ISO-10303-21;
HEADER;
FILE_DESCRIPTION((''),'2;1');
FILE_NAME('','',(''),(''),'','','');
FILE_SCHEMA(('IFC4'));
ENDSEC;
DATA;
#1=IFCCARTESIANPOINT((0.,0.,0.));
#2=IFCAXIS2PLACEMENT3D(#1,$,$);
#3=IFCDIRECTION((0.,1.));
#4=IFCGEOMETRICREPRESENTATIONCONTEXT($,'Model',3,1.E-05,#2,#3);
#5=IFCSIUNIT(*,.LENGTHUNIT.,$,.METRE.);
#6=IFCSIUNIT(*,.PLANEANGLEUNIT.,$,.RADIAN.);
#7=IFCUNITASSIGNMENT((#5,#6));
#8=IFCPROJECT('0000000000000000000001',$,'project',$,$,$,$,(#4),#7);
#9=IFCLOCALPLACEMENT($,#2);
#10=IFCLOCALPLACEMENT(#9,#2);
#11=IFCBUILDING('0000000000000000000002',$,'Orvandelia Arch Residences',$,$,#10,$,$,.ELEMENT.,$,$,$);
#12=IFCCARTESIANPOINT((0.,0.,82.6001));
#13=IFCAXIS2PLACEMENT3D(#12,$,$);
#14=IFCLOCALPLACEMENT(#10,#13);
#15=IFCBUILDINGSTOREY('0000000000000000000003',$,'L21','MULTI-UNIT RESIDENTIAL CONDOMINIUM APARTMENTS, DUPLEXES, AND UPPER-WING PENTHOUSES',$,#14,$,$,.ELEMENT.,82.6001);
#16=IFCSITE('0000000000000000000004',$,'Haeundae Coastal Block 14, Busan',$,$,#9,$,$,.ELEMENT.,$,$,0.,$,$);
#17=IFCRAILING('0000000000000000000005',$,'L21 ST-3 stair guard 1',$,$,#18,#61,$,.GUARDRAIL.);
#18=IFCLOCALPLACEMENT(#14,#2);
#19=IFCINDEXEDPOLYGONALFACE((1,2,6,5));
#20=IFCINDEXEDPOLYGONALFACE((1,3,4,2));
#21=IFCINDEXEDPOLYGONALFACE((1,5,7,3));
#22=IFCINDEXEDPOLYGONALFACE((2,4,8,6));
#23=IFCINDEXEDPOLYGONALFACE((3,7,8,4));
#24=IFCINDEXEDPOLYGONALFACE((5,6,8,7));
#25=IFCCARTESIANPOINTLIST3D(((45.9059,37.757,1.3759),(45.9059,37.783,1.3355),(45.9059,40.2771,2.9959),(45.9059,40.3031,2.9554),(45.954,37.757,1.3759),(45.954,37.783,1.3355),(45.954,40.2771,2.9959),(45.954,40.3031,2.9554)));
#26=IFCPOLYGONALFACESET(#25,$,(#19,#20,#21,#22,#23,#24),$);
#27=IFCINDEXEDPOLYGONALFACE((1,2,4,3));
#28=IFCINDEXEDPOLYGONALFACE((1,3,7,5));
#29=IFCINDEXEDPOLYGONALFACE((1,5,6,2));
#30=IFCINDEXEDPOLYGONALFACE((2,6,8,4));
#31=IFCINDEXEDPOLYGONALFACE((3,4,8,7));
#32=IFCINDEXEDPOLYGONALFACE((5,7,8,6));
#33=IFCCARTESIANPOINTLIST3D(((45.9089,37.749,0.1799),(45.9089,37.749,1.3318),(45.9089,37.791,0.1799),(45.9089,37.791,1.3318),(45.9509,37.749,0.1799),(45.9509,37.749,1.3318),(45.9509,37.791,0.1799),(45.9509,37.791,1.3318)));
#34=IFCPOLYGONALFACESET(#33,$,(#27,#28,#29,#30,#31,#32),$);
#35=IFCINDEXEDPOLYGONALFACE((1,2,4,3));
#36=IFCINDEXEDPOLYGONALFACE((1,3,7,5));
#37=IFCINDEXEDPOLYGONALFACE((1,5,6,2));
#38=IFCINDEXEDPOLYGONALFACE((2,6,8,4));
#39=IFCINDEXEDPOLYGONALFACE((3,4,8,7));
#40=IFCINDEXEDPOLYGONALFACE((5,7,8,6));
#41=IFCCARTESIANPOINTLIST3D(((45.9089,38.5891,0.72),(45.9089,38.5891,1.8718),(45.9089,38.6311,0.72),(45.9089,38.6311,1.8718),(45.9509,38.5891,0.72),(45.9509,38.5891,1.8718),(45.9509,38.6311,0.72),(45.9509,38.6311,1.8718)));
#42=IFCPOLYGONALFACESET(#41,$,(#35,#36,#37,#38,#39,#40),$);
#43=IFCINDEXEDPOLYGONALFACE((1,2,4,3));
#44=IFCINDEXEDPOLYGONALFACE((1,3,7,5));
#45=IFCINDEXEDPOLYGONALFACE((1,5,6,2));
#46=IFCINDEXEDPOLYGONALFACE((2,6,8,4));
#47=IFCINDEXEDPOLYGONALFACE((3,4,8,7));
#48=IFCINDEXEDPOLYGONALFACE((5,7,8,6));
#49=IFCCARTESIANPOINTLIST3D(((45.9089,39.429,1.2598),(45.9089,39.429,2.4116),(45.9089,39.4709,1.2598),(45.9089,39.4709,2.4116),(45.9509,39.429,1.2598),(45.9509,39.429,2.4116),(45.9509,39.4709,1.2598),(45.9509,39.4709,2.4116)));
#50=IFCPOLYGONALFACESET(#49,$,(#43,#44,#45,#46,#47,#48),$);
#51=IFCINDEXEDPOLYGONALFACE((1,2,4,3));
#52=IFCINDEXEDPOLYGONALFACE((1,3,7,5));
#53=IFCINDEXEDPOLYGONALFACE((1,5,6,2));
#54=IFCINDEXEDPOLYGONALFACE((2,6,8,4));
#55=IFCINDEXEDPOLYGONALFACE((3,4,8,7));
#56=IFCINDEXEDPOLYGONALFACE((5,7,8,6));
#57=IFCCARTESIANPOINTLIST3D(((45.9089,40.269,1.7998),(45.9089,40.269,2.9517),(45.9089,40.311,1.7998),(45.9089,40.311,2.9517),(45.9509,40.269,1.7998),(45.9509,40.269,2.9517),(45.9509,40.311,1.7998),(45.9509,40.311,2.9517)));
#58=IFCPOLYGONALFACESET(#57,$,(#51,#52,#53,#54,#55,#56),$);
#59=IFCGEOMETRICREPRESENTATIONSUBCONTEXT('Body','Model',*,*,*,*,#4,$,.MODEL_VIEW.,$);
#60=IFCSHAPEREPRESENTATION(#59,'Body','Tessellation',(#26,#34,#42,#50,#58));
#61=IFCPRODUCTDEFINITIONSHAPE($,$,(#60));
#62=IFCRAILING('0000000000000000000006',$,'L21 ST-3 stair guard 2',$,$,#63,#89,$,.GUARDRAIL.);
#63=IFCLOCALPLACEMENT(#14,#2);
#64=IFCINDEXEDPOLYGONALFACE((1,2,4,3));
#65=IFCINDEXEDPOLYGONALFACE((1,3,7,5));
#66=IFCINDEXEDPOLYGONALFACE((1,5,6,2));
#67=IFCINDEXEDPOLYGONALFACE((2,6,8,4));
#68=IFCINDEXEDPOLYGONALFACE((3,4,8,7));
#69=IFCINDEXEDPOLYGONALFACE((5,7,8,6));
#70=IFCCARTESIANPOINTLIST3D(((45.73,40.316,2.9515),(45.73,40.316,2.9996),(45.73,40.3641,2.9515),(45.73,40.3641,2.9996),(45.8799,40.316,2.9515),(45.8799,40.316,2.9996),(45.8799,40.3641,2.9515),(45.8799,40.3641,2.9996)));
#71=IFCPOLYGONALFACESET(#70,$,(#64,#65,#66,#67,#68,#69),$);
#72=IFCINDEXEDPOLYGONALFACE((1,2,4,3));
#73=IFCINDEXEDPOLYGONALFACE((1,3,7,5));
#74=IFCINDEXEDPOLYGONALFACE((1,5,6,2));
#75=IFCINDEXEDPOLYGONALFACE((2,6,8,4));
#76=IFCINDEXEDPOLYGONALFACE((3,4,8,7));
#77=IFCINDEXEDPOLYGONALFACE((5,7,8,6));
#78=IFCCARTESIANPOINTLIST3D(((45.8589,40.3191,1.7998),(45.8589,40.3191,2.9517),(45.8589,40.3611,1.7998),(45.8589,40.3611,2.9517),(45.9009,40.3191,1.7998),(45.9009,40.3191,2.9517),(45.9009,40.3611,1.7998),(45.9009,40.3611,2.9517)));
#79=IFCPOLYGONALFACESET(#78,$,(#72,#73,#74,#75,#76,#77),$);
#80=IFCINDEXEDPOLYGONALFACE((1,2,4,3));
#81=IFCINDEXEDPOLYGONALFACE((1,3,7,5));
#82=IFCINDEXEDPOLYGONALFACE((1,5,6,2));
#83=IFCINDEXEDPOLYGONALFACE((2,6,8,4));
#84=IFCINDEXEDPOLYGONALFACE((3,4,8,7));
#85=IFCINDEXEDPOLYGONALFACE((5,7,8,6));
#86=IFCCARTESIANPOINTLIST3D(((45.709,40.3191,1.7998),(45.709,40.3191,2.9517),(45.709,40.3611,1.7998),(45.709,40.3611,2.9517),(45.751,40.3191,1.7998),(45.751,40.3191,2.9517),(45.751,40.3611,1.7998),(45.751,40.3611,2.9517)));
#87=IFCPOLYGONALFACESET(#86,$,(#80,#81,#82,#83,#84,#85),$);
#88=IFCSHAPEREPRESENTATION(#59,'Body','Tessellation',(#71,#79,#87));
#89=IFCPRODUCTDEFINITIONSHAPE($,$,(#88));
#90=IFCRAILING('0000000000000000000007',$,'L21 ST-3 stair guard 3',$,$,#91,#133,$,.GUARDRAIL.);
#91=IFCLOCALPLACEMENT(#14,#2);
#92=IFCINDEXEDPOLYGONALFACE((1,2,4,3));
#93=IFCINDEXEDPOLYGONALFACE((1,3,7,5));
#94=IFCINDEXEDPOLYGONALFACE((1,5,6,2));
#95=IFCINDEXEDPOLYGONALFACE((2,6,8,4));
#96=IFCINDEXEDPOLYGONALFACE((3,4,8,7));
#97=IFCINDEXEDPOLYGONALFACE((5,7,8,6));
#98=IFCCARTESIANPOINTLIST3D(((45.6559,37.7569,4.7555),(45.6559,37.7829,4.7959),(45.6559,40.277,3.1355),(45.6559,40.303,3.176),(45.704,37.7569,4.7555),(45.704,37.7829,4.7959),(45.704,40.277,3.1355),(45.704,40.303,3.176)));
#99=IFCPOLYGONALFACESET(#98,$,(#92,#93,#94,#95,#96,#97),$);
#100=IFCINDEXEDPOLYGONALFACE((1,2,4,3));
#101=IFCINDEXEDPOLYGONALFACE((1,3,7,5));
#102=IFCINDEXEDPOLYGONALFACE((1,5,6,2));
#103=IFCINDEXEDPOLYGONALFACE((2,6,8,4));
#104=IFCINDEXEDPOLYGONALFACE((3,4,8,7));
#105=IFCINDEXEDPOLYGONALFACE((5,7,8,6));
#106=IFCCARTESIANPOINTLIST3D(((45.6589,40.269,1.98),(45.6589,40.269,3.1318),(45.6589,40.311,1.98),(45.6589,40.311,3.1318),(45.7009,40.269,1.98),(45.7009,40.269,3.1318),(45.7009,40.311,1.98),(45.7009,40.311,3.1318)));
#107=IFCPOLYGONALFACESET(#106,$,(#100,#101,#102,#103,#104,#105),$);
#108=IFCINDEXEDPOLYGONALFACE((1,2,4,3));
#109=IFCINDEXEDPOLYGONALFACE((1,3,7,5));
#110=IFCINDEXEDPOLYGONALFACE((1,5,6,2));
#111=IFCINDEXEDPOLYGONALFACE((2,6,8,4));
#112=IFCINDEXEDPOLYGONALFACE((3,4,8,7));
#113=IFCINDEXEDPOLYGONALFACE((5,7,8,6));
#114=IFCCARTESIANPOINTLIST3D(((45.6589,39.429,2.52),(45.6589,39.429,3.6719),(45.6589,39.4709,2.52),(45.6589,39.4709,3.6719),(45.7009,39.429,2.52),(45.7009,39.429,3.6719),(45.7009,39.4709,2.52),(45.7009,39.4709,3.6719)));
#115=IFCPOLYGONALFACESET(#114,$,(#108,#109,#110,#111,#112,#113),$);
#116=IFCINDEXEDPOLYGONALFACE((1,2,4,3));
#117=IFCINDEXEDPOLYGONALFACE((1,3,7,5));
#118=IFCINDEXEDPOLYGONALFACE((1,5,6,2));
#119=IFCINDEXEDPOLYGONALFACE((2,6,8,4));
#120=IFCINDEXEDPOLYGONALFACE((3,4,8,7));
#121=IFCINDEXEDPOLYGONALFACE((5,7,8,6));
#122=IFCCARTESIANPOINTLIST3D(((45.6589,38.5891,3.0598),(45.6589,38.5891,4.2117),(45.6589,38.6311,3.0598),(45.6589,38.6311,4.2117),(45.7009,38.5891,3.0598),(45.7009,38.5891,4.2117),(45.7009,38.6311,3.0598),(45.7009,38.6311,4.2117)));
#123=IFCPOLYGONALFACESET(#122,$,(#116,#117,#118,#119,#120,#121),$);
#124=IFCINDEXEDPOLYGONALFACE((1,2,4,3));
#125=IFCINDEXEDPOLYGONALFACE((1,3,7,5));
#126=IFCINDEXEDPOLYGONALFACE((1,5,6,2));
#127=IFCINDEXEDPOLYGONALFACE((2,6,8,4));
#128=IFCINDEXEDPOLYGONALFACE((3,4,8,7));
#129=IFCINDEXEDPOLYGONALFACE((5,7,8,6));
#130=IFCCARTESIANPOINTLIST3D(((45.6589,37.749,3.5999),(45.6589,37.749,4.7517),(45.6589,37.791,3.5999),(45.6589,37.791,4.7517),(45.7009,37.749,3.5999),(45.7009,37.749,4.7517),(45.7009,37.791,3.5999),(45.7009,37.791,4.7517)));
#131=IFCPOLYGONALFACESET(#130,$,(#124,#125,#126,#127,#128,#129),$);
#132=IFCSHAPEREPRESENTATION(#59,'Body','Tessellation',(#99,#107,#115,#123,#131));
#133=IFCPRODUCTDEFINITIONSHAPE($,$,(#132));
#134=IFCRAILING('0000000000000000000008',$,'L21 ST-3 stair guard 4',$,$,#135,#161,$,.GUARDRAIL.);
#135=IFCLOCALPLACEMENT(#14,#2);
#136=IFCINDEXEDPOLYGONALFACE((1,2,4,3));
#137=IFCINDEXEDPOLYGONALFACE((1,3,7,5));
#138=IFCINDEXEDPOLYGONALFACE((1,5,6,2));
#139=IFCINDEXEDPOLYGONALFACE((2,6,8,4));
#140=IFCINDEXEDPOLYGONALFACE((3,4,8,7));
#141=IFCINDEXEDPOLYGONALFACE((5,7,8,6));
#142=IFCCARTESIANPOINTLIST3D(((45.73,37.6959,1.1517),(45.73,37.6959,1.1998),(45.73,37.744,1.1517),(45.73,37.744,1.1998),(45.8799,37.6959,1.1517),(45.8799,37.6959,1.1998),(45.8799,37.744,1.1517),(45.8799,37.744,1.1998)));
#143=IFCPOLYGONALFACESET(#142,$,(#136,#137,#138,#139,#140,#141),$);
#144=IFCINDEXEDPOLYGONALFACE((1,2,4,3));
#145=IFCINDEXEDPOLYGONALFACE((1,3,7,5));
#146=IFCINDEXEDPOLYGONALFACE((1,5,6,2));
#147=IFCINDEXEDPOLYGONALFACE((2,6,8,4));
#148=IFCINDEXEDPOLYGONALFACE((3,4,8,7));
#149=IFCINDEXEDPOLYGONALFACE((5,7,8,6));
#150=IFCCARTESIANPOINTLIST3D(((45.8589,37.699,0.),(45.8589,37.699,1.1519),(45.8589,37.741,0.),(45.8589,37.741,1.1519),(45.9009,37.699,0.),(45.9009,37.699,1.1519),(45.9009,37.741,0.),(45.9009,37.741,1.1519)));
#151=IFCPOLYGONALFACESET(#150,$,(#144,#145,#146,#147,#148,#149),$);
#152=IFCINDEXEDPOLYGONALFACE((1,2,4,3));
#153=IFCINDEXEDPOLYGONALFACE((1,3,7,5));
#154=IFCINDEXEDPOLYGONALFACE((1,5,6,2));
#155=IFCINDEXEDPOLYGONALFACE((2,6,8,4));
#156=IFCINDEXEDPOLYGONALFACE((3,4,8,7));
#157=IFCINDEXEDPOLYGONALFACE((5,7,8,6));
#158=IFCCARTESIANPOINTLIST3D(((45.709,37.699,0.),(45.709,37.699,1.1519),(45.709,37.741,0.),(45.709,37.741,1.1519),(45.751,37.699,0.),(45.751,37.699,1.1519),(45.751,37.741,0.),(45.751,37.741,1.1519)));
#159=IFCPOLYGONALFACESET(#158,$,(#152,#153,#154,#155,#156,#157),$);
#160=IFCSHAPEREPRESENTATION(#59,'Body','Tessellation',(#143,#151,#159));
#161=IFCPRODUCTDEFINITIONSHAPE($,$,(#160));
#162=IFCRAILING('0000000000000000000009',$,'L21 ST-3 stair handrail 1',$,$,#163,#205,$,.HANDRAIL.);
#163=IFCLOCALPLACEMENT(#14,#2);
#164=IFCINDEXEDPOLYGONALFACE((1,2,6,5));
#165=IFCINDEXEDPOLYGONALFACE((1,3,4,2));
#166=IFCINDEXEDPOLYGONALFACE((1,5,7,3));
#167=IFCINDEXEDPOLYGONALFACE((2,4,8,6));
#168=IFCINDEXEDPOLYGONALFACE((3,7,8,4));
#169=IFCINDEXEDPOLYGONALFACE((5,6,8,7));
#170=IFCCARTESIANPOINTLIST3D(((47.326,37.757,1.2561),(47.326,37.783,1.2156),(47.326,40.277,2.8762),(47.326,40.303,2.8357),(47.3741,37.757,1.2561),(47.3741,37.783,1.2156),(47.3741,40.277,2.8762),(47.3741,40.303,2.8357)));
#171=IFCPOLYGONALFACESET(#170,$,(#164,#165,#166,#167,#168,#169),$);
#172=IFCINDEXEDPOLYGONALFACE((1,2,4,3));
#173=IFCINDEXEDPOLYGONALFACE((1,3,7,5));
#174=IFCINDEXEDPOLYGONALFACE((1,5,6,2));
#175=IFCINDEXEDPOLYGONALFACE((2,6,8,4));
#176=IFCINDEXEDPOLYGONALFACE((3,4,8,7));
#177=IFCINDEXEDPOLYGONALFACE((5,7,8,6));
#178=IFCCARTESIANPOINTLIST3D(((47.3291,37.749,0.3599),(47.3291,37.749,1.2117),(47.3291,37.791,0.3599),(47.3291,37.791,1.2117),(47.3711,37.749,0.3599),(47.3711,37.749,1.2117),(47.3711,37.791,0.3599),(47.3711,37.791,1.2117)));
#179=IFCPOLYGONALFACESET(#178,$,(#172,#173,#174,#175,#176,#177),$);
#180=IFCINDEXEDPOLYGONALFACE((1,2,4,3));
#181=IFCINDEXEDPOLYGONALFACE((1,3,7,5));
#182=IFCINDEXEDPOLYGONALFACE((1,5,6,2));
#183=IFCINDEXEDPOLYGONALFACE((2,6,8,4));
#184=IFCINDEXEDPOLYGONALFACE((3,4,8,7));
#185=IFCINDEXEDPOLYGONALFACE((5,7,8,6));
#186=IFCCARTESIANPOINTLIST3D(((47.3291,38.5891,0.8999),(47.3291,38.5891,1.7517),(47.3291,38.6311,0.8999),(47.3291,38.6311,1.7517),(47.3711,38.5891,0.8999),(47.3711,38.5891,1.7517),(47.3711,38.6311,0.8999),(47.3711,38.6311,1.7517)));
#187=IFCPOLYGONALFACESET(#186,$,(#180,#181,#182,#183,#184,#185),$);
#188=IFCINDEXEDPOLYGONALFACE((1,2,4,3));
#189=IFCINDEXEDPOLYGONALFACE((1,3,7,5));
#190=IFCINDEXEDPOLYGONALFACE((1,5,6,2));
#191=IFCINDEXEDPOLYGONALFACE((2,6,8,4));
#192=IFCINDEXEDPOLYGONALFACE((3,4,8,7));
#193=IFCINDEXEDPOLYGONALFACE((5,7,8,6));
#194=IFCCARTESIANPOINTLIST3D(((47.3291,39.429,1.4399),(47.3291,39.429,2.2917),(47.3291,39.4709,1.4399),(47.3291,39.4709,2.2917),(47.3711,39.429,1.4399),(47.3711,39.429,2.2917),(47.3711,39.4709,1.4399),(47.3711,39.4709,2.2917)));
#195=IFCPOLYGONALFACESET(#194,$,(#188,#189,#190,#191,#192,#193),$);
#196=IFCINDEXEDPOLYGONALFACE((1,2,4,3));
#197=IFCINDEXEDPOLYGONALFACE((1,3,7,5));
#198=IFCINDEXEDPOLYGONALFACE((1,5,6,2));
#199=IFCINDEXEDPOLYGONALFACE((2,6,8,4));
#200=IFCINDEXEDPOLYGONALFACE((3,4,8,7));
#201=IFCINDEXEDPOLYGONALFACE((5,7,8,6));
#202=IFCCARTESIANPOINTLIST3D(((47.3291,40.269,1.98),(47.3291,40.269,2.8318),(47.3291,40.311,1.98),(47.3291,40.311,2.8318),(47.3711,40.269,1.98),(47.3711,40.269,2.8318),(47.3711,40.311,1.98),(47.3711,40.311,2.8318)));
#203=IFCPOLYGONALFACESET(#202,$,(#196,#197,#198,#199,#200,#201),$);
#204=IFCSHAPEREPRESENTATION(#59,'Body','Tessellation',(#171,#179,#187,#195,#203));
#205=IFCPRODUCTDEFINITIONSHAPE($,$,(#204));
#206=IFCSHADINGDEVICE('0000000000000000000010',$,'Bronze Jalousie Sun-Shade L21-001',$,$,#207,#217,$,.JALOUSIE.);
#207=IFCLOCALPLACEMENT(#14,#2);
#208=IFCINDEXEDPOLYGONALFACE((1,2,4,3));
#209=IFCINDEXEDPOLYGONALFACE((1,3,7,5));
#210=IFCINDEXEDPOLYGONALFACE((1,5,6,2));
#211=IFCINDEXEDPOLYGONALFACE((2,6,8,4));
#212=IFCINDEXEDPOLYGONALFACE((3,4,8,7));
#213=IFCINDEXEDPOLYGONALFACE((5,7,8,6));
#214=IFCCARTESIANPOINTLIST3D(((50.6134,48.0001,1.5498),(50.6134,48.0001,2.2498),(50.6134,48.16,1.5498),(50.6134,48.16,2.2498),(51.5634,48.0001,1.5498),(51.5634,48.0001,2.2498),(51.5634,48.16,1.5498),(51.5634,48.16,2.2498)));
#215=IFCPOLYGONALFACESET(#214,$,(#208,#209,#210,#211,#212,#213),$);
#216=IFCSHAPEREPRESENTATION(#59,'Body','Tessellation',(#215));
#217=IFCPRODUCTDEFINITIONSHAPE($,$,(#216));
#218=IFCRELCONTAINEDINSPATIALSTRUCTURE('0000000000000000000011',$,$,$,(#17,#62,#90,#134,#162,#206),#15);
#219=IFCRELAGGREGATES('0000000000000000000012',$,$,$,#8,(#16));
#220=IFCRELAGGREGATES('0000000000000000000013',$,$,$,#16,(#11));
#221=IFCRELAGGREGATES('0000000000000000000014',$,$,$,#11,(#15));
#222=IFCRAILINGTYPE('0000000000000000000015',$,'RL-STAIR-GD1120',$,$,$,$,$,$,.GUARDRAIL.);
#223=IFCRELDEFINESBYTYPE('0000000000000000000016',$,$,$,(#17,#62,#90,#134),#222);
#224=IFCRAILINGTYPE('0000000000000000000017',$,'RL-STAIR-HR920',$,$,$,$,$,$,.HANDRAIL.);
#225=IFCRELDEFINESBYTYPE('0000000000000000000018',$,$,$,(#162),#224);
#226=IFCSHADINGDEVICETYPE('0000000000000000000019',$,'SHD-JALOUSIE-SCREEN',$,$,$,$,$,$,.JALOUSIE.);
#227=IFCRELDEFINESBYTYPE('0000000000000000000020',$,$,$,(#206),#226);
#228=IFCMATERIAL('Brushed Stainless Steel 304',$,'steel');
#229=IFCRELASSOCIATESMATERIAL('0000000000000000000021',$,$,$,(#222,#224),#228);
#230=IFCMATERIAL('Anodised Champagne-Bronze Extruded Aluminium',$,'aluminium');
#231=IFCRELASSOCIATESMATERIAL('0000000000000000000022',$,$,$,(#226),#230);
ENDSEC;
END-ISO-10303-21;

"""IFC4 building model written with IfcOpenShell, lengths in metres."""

from ifc_helpers import new_model, si_unit, direction, frame, origin, origin_2d, place, context, subcontext, project, spatial, rectangle, extrude, material, type_object, element, save


model = new_model("IFC4")

# Units and contexts
model_context = context("Model", 3, precision=1e-05, world=origin(), true_north=direction((0.0, 1.0)))
body_context = subcontext(model_context, "Body", "Model", "MODEL_VIEW")
ifc_project = project(units=[si_unit("LENGTHUNIT", "METRE"), si_unit("PLANEANGLEUNIT", "RADIAN")], contexts=[model_context])

# Site, building, storey
site_placement = place(None, origin())
site = spatial("IfcSite", under=ifc_project, at=site_placement, Name="Haeundae Coastal Block 14, Busan", CompositionType="ELEMENT", RefElevation=0.0)
building_placement = place(site_placement, origin())
building = spatial("IfcBuilding", under=site, at=building_placement, Name="Orvandelia Arch Residences", CompositionType="ELEMENT")
storey_placement = place(building_placement, frame((0.0, 0.0, 82.6001)))
storey = spatial("IfcBuildingStorey", under=building, at=storey_placement, Name="L21", Description="MULTI-UNIT RESIDENTIAL CONDOMINIUM APARTMENTS, DUPLEXES, AND UPPER-WING PENTHOUSES", CompositionType="ELEMENT", Elevation=82.6001)

# Railings
ifc_material_1 = material(Name="Brushed Stainless Steel 304", Category="steel")
railing_type_1 = type_object("IfcRailingType", Name="RL-STAIR-GD1120", PredefinedType="GUARDRAIL", material=ifc_material_1)
railing_1_placement = place(storey_placement, frame((45.9299, 37.77, 0.1799)))
element("IfcRailing", 1, at=railing_1_placement, inside=storey, type_object=railing_type_1, Name="L21 ST-3 stair guard 1", PredefinedType="GUARDRAIL", context=body_context, shape_type="SweptSolid", body=[
    extrude(rectangle(XDim=0.0481, YDim=0.0481, at=origin_2d()), frame((0.0, 0.0, 1.1758), z_axis=(0.0, 0.8412, 0.540725), x_axis=(-1.0, 0.0, 0.0)), (0.0, 0.0, 1.0), 2.9958),
    extrude(rectangle(XDim=0.042, YDim=0.042, at=origin_2d()), origin(), (0.0, 0.0, 1.0), 1.1519),
    extrude(rectangle(XDim=0.042, YDim=0.042, at=origin_2d()), frame((0.0, 0.8401, 0.54)), (0.0, 0.0, 1.0), 1.1519),
    extrude(rectangle(XDim=0.042, YDim=0.042, at=origin_2d()), frame((0.0, 1.6799, 1.0798)), (0.0, 0.0, 1.0), 1.1519),
    extrude(rectangle(XDim=0.042, YDim=0.042, at=origin_2d()), frame((0.0, 2.52, 1.6199)), (0.0, 0.0, 1.0), 1.1519),
])
railing_2_placement = place(storey_placement, frame((45.8799, 40.3401, 1.7998)))
element("IfcRailing", 2, at=railing_2_placement, inside=storey, type_object=railing_type_1, Name="L21 ST-3 stair guard 2", PredefinedType="GUARDRAIL", context=body_context, shape_type="SweptSolid", body=[
    extrude(rectangle(XDim=0.0481, YDim=0.0481, at=origin_2d()), frame((0.0, 0.0, 1.1758), z_axis=(-1.0, 0.0, 0.0), x_axis=(0.0, -1.0, 0.0)), (0.0, 0.0, 1.0), 0.1499),
    extrude(rectangle(XDim=0.042, YDim=0.042, at=origin_2d()), origin(), (0.0, 0.0, 1.0), 1.1519),
    extrude(rectangle(XDim=0.042, YDim=0.042, at=origin_2d()), frame((-0.1499, 0.0, 0.0)), (0.0, 0.0, 1.0), 1.1519),
])
railing_3_placement = place(storey_placement, frame((45.6799, 40.29, 1.98)))
element("IfcRailing", 3, at=railing_3_placement, inside=storey, type_object=railing_type_1, Name="L21 ST-3 stair guard 3", PredefinedType="GUARDRAIL", context=body_context, shape_type="SweptSolid", body=[
    extrude(rectangle(XDim=0.0481, YDim=0.0481, at=origin_2d()), frame((0.0, 0.0, 1.1758), z_axis=(0.0, -0.8412, 0.540725), x_axis=(1.0, 0.0, 0.0)), (0.0, 0.0, 1.0), 2.9958),
    extrude(rectangle(XDim=0.042, YDim=0.042, at=origin_2d()), origin(), (0.0, 0.0, 1.0), 1.1519),
    extrude(rectangle(XDim=0.042, YDim=0.042, at=origin_2d()), frame((0.0, -0.8401, 0.54)), (0.0, 0.0, 1.0), 1.1519),
    extrude(rectangle(XDim=0.042, YDim=0.042, at=origin_2d()), frame((0.0, -1.6799, 1.0798)), (0.0, 0.0, 1.0), 1.1519),
    extrude(rectangle(XDim=0.042, YDim=0.042, at=origin_2d()), frame((0.0, -2.52, 1.6199)), (0.0, 0.0, 1.0), 1.1519),
])
railing_4_placement = place(storey_placement, frame((45.8799, 37.72, 0.0)))
element("IfcRailing", 4, at=railing_4_placement, inside=storey, type_object=railing_type_1, Name="L21 ST-3 stair guard 4", PredefinedType="GUARDRAIL", context=body_context, shape_type="SweptSolid", body=[
    extrude(rectangle(XDim=0.0481, YDim=0.0481, at=origin_2d()), frame((0.0, 0.0, 1.1758), z_axis=(-1.0, 0.0, 0.0), x_axis=(0.0, -1.0, 0.0)), (0.0, 0.0, 1.0), 0.1499),
    extrude(rectangle(XDim=0.042, YDim=0.042, at=origin_2d()), origin(), (0.0, 0.0, 1.0), 1.1519),
    extrude(rectangle(XDim=0.042, YDim=0.042, at=origin_2d()), frame((-0.1499, 0.0, 0.0)), (0.0, 0.0, 1.0), 1.1519),
])
railing_type_2 = type_object("IfcRailingType", Name="RL-STAIR-HR920", PredefinedType="HANDRAIL", material=ifc_material_1)
railing_5_placement = place(storey_placement, frame((47.3501, 37.77, 0.3599)))
element("IfcRailing", 5, at=railing_5_placement, inside=storey, type_object=railing_type_2, Name="L21 ST-3 stair handrail 1", PredefinedType="HANDRAIL", context=body_context, shape_type="SweptSolid", body=[
    extrude(rectangle(XDim=0.0481, YDim=0.0481, at=origin_2d()), frame((0.0, 0.0, 0.876), z_axis=(0.0, 0.841163, 0.540782), x_axis=(-1.0, 0.0, 0.0)), (0.0, 0.0, 1.0), 2.9958),
    extrude(rectangle(XDim=0.042, YDim=0.042, at=origin_2d()), origin(), (0.0, 0.0, 1.0), 0.8518),
    extrude(rectangle(XDim=0.042, YDim=0.042, at=origin_2d()), frame((0.0, 0.8401, 0.54)), (0.0, 0.0, 1.0), 0.8518),
    extrude(rectangle(XDim=0.042, YDim=0.042, at=origin_2d()), frame((0.0, 1.6799, 1.0801)), (0.0, 0.0, 1.0), 0.8518),
    extrude(rectangle(XDim=0.042, YDim=0.042, at=origin_2d()), frame((0.0, 2.52, 1.6201)), (0.0, 0.0, 1.0), 0.8518),
])

# Shading device
ifc_material_2 = material(Name="Anodised Champagne-Bronze Extruded Aluminium", Category="aluminium")
shading_device_type = type_object("IfcShadingDeviceType", Name="SHD-JALOUSIE-SCREEN", PredefinedType="JALOUSIE", material=ifc_material_2)
shading_device_placement = place(storey_placement, frame((51.0884, 48.0801, 1.5498), z_axis=(0.0, 0.0, 1.0), x_axis=(1.0, 0.0, 0.0)))
element("IfcShadingDevice", 6, at=shading_device_placement, inside=storey, type_object=shading_device_type, Name="Bronze Jalousie Sun-Shade L21-001", PredefinedType="JALOUSIE", context=body_context, shape_type="SweptSolid", body=[
    extrude(rectangle(XDim=0.95, YDim=0.1599, at=origin_2d()), origin(), (0.0, 0.0, 1.0), 0.7),
])

save(model, "model.ifc")
